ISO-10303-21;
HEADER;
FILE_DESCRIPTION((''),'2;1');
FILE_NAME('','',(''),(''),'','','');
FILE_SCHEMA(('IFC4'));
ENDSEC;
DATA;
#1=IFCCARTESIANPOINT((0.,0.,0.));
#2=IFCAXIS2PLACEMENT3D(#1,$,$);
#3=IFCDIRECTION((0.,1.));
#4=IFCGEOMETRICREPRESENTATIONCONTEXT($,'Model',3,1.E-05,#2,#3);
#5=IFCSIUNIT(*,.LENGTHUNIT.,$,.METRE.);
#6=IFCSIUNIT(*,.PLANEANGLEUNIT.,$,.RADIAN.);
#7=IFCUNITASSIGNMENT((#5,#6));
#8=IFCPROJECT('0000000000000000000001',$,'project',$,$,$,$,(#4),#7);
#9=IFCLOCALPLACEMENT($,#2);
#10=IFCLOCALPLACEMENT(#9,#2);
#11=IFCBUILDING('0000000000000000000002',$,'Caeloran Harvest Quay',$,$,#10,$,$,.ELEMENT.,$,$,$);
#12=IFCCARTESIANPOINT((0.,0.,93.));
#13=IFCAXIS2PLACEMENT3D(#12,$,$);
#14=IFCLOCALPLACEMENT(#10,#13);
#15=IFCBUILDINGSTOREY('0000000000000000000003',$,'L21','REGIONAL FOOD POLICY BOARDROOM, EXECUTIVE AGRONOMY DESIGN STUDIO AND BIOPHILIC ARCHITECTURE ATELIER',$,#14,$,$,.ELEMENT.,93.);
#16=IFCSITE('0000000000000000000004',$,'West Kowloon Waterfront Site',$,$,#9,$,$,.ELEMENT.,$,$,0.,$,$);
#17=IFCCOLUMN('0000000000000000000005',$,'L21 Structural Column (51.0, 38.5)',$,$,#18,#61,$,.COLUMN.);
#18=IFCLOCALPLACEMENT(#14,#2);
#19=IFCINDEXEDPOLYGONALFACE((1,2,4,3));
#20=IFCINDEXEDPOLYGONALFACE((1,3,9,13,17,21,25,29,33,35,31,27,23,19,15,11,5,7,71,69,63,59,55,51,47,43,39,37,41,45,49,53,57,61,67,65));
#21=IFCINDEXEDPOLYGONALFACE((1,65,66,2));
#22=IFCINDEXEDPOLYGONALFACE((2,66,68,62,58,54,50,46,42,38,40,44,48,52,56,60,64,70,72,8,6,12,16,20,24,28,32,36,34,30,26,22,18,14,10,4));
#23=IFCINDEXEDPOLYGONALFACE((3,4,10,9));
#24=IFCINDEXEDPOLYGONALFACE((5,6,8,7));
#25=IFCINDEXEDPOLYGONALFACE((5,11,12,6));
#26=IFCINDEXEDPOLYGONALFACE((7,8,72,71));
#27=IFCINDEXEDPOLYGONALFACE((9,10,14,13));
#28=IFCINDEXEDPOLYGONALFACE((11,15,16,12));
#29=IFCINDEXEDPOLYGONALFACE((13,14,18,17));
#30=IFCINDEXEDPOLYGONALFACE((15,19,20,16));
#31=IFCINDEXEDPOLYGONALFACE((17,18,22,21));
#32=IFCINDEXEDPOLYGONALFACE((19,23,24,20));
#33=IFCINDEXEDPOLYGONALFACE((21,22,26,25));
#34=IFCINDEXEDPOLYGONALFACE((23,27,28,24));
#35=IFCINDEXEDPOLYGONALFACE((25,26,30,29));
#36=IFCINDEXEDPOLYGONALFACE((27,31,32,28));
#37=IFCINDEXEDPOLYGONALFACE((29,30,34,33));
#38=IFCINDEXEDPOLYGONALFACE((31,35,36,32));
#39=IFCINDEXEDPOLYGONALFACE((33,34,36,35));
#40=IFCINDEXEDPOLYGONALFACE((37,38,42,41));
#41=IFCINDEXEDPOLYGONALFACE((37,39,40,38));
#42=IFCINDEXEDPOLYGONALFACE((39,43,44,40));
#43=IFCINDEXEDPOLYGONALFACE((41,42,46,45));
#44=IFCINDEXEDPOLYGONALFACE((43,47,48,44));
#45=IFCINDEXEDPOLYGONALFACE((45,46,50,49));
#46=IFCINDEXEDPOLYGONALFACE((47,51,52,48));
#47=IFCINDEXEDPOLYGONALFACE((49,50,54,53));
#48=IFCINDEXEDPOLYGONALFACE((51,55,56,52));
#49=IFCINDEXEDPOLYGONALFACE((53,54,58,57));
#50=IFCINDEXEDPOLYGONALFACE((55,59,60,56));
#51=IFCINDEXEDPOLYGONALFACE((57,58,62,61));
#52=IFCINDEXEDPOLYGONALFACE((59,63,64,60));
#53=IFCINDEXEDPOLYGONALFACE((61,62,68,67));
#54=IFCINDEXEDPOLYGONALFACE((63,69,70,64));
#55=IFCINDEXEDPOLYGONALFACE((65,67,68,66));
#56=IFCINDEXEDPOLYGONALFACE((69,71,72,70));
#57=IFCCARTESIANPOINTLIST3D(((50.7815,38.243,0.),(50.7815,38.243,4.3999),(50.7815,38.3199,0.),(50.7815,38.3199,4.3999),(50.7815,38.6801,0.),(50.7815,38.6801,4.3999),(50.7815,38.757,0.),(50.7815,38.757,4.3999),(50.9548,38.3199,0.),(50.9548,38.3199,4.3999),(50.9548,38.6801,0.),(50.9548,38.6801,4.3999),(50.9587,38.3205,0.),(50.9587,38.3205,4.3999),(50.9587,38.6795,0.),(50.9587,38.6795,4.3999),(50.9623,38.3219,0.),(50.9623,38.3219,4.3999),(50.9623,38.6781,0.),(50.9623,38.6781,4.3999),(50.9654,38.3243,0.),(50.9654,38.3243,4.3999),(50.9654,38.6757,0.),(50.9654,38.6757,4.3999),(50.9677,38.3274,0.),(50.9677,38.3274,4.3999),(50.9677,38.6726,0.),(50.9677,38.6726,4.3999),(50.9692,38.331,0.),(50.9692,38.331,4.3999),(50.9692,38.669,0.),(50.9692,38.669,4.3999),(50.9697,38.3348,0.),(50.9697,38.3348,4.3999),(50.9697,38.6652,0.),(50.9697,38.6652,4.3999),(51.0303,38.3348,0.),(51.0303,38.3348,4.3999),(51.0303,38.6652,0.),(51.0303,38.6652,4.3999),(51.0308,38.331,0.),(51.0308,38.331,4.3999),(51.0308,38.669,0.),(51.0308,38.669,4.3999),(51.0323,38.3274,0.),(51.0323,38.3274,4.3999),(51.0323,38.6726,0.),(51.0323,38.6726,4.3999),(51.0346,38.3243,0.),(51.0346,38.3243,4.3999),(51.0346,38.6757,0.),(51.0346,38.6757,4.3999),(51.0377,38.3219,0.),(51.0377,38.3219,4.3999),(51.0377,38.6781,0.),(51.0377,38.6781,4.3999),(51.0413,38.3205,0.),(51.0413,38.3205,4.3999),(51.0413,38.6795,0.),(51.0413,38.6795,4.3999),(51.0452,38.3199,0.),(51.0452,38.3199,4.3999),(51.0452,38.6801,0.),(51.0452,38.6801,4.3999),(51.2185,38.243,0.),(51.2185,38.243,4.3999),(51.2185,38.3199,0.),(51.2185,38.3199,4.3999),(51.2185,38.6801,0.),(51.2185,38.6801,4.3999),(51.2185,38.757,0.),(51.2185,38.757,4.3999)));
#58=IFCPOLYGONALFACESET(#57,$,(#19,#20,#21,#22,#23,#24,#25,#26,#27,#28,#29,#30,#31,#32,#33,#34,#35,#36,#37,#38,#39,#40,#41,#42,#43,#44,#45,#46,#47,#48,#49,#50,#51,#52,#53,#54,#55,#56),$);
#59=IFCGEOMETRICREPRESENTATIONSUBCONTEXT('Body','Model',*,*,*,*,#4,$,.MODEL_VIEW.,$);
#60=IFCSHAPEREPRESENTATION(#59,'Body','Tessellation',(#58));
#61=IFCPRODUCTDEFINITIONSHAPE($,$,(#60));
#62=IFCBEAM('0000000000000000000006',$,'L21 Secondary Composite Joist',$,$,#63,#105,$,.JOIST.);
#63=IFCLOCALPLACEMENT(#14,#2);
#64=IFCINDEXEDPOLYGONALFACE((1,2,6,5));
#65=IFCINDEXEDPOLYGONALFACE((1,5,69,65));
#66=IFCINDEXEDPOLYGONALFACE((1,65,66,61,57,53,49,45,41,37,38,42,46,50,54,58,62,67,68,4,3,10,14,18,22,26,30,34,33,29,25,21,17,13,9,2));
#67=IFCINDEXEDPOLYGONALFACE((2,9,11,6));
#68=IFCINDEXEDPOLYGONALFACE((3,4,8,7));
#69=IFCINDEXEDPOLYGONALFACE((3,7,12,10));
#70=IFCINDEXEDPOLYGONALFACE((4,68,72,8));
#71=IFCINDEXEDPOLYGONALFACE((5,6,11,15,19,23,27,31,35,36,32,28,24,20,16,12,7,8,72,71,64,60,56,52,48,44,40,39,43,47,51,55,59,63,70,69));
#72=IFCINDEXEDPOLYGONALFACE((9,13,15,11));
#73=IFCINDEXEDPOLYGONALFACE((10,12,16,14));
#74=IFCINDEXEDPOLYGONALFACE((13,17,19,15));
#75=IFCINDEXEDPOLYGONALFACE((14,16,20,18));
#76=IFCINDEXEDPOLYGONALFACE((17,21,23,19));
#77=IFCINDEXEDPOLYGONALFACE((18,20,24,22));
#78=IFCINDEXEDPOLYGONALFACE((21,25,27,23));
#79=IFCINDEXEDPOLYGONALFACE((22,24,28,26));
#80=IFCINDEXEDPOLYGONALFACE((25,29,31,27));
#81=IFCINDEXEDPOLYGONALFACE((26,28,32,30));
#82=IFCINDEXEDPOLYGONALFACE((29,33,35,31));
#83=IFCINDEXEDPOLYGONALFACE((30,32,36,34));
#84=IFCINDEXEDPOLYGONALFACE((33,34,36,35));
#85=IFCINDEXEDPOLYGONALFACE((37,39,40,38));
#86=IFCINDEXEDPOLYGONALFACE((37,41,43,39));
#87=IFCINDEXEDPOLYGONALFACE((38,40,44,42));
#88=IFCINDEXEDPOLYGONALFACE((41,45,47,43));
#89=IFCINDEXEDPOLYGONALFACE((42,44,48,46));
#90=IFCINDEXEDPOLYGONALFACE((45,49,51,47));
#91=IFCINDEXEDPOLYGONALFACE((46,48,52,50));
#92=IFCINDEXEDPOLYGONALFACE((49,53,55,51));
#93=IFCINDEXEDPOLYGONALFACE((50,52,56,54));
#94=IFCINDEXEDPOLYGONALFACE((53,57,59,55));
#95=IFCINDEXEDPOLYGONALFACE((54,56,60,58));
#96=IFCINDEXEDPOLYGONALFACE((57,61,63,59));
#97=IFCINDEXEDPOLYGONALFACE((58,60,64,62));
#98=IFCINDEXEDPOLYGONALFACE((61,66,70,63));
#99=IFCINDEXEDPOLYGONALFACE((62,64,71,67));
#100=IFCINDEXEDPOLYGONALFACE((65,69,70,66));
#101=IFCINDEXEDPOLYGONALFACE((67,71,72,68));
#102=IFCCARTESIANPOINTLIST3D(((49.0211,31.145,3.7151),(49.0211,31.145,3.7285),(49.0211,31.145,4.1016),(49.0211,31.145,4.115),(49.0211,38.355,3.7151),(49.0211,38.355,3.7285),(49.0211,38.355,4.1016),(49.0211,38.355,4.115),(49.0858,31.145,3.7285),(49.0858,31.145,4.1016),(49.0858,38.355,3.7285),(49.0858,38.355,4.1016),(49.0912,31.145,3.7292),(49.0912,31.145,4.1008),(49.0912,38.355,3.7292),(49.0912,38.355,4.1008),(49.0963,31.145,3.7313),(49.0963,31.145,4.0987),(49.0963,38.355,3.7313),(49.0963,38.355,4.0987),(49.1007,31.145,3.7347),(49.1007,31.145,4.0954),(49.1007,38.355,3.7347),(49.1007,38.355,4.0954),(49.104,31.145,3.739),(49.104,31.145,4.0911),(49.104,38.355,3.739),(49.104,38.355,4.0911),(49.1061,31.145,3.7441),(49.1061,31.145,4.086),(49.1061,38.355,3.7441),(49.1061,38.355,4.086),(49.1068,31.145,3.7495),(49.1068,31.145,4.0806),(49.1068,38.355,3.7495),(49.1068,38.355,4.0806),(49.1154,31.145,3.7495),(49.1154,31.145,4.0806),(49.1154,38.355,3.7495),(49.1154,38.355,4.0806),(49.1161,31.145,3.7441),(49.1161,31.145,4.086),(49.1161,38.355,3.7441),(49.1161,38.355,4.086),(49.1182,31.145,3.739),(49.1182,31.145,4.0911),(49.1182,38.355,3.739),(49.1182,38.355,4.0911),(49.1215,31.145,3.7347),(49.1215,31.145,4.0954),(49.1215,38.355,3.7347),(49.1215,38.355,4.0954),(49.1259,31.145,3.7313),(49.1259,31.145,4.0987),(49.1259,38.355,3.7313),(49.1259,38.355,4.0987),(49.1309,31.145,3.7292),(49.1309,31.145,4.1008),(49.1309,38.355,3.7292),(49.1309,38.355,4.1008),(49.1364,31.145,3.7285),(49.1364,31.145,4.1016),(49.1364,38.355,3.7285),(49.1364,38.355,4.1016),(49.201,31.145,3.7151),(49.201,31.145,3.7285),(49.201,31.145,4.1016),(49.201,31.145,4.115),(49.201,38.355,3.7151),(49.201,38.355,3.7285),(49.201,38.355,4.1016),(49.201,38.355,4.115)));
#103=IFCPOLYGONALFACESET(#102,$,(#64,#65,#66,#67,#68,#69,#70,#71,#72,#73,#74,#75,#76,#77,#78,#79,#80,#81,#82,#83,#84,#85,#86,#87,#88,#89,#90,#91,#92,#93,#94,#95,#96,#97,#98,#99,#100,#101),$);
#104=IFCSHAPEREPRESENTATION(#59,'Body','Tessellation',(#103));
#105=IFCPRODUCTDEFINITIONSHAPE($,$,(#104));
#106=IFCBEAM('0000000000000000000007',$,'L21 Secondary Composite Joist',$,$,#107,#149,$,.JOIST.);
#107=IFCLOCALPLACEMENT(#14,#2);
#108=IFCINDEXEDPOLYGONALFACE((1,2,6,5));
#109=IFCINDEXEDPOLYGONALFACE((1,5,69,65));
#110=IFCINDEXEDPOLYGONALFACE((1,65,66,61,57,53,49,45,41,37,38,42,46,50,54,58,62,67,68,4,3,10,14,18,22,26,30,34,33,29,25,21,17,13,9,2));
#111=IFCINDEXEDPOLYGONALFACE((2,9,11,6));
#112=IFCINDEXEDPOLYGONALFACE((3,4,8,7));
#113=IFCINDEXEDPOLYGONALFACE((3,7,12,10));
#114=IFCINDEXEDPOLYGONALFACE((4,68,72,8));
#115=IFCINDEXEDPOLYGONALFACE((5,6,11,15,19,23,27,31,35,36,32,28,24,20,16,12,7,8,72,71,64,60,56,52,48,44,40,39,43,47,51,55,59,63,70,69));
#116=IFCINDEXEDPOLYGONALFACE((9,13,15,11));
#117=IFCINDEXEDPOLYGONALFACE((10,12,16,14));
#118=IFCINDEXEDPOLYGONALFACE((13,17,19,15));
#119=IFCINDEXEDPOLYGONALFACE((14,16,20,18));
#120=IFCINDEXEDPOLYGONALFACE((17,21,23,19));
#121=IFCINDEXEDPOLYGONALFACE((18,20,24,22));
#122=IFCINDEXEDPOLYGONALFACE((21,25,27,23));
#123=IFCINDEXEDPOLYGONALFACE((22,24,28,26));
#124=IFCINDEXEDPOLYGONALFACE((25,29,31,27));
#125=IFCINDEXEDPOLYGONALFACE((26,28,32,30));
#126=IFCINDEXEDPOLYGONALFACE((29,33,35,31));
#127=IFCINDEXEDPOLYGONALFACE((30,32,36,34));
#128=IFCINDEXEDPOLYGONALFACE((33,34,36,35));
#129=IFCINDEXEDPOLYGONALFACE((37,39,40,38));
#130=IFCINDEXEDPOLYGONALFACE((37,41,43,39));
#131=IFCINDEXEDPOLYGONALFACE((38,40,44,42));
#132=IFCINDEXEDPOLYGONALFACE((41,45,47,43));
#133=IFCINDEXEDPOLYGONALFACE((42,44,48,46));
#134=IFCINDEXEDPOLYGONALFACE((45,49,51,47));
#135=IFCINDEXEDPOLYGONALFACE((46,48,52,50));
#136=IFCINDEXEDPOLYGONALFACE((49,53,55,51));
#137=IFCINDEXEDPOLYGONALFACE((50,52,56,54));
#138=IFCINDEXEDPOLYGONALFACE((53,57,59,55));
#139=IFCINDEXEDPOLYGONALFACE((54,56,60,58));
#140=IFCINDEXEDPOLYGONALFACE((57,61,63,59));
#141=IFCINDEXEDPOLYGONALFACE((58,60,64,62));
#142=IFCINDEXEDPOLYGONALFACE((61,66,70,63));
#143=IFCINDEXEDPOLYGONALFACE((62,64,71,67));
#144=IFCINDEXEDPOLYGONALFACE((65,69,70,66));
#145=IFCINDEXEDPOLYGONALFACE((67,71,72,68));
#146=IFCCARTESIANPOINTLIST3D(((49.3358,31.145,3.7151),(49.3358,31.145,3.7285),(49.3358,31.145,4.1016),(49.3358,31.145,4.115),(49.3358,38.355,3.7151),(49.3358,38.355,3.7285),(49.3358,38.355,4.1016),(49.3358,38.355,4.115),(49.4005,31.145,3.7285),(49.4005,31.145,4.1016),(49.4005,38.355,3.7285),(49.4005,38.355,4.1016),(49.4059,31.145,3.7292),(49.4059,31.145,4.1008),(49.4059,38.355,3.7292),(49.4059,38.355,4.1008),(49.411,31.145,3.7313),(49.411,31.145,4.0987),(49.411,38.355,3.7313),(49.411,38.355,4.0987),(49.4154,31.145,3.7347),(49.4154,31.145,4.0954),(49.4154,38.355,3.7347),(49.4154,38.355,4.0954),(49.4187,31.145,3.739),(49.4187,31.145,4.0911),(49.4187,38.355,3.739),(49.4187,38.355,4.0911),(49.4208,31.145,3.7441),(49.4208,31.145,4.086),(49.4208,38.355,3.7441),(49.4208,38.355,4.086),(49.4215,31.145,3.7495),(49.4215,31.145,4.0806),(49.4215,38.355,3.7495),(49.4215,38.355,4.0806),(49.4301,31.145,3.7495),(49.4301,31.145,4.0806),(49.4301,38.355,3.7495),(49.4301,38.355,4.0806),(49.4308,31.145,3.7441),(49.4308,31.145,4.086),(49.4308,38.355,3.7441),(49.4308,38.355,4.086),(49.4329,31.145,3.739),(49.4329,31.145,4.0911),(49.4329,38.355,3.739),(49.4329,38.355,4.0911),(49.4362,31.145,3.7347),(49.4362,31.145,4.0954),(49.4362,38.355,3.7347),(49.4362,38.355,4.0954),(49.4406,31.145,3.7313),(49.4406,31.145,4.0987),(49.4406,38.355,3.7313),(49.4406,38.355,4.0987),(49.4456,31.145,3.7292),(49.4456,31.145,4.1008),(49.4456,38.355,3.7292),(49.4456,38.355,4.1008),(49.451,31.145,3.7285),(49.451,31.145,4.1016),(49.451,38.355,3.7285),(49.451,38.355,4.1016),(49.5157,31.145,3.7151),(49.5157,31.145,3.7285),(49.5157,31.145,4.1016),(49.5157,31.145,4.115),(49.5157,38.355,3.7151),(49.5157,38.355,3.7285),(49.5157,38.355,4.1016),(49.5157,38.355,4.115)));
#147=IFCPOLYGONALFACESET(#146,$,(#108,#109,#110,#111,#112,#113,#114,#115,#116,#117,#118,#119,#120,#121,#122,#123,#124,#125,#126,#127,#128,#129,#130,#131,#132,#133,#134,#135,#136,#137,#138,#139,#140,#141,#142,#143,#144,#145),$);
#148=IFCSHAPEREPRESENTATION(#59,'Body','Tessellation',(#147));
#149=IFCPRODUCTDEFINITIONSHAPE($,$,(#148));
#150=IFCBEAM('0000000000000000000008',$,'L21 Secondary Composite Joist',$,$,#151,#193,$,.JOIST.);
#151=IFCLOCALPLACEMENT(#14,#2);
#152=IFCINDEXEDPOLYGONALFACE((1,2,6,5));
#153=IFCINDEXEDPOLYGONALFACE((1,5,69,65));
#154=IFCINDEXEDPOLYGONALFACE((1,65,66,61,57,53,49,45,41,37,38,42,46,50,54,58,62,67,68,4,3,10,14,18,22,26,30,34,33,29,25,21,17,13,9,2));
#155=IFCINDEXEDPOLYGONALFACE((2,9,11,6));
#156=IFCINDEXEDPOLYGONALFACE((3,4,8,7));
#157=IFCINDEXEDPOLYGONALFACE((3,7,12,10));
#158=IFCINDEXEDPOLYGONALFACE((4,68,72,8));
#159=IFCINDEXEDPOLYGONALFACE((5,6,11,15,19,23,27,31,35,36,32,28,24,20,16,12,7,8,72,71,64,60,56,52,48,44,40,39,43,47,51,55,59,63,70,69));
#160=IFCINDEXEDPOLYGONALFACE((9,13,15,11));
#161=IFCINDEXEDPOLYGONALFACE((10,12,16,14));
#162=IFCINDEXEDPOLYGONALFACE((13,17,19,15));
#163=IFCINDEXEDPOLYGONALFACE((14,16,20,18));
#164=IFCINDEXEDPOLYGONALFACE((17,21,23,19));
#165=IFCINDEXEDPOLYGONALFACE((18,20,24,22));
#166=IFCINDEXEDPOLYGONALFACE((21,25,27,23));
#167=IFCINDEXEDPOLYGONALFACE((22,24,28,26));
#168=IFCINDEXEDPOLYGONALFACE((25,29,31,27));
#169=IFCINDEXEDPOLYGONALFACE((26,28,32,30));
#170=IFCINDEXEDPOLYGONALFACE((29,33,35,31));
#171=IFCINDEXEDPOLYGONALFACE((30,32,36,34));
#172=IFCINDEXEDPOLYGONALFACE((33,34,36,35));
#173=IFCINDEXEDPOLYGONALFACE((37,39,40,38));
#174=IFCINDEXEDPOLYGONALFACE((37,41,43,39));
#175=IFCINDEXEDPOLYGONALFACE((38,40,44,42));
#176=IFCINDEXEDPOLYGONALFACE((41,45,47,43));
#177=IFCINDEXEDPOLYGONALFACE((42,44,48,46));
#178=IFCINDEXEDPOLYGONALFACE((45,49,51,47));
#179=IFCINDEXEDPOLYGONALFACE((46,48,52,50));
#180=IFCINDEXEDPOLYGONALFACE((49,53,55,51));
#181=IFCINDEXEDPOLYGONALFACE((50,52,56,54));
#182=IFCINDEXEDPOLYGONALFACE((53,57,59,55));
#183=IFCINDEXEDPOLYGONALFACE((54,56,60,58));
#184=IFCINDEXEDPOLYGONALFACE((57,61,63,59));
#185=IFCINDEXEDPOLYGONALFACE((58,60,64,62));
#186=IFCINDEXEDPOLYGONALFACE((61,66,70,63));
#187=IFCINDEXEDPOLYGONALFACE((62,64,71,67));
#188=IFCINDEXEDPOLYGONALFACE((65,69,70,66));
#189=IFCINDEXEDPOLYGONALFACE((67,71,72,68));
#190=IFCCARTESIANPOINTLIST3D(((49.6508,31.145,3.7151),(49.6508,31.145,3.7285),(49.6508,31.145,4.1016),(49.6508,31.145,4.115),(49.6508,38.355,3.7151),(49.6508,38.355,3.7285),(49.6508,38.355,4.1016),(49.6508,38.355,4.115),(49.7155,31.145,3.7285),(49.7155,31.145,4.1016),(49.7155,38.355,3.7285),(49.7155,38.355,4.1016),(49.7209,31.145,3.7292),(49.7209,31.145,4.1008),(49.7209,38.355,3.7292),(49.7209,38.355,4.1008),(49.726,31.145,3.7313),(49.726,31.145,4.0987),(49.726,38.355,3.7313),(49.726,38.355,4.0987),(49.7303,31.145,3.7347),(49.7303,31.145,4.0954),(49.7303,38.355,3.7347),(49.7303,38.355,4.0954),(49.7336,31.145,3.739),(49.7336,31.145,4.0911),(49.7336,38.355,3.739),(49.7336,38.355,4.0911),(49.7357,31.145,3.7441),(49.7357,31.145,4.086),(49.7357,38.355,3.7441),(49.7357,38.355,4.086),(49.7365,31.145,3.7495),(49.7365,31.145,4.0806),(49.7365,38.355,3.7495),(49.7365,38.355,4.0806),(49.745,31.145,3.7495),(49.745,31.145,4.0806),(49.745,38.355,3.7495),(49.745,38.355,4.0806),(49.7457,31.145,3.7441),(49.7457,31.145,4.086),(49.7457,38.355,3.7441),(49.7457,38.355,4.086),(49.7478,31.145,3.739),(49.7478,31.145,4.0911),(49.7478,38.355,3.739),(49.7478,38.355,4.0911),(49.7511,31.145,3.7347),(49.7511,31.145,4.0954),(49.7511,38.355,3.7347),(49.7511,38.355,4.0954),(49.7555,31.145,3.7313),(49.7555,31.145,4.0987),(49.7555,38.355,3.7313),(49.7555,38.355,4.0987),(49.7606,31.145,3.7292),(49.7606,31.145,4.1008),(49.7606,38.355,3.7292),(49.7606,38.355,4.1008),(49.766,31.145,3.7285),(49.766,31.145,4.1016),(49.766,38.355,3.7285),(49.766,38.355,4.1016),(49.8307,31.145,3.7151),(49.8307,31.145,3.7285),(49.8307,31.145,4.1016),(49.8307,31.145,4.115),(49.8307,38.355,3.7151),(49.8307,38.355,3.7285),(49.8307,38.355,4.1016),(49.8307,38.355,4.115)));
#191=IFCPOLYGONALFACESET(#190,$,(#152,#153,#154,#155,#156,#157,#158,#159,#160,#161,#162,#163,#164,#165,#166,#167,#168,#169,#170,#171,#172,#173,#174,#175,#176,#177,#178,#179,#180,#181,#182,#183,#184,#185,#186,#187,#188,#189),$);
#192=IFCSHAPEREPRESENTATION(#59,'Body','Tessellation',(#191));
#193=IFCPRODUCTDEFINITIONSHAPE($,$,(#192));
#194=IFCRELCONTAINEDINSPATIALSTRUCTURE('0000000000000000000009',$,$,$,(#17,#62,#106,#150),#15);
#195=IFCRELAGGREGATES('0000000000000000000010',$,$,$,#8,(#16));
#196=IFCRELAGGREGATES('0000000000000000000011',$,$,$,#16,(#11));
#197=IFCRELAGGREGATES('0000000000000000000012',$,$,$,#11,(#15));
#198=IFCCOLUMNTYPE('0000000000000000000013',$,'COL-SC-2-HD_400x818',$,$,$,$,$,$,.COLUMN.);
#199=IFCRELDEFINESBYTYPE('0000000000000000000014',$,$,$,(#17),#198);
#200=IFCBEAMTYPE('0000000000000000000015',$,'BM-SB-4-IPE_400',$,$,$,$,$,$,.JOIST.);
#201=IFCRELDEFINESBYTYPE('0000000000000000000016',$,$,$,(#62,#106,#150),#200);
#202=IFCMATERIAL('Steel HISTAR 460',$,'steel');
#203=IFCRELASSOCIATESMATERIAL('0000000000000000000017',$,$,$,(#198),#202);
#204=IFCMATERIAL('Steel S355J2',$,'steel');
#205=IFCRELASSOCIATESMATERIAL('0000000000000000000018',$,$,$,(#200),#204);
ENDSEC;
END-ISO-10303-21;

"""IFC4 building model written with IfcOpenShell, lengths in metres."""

from ifc_helpers import new_model, si_unit, direction, frame, origin, origin_2d, place, context, subcontext, project, spatial, i_section, extrude, material, material_profile, profile_set, type_object, element, save


model = new_model("IFC4")

# Units and contexts
model_context = context("Model", 3, precision=1e-05, world=origin(), true_north=direction((0.0, 1.0)))
body_context = subcontext(model_context, "Body", "Model", "MODEL_VIEW")
ifc_project = project(units=[si_unit("LENGTHUNIT", "METRE"), si_unit("PLANEANGLEUNIT", "RADIAN")], contexts=[model_context])

# Site, building, storey
site_placement = place(None, origin())
site = spatial("IfcSite", under=ifc_project, at=site_placement, Name="West Kowloon Waterfront Site", CompositionType="ELEMENT", RefElevation=0.0)
building_placement = place(site_placement, origin())
building = spatial("IfcBuilding", under=site, at=building_placement, Name="Caeloran Harvest Quay", CompositionType="ELEMENT")
storey_placement = place(building_placement, frame((0.0, 0.0, 93.0)))
storey = spatial("IfcBuildingStorey", under=building, at=storey_placement, Name="L21", Description="REGIONAL FOOD POLICY BOARDROOM, EXECUTIVE AGRONOMY DESIGN STUDIO AND BIOPHILIC ARCHITECTURE ATELIER", CompositionType="ELEMENT", Elevation=93.0)

# Column
ifc_material_1 = material(Name="Steel HISTAR 460", Category="steel")
ifc_material_profile_1 = material_profile(ifc_material_1, i_section(OverallWidth=0.437, OverallDepth=0.5139, WebThickness=0.0605, FlangeThickness=0.0769, FilletRadius=0.0149, at=origin_2d()), Name="HD 400x818")
ifc_profile_set_1 = profile_set([ifc_material_profile_1], Name="Steel HISTAR 460")
column_type = type_object("IfcColumnType", Name="COL-SC-2-HD_400x818", PredefinedType="COLUMN", material=ifc_profile_set_1)
column_placement = place(storey_placement, frame((51.0, 38.5, 0.0), z_axis=(0.0, 0.0, 1.0), x_axis=(1.0, 0.0, 0.0)))
element("IfcColumn", 1, at=column_placement, inside=storey, type_object=column_type, Name="L21 Structural Column (51.0, 38.5)", PredefinedType="COLUMN", context=body_context, shape_type="SweptSolid", body=[
    extrude(i_section(OverallWidth=0.437, OverallDepth=0.5139, WebThickness=0.0605, FlangeThickness=0.0769, FilletRadius=0.0149, at=origin_2d()), origin(), (0.0, 0.0, 1.0), 4.3999),
])

# Beams
ifc_material_2 = material(Name="Steel S355J2", Category="steel")
ifc_material_profile_2 = material_profile(ifc_material_2, i_section(OverallWidth=0.1799, OverallDepth=0.3999, WebThickness=0.0085, FlangeThickness=0.0134, FilletRadius=0.021, at=origin_2d()), Name="IPE 400")
ifc_profile_set_2 = profile_set([ifc_material_profile_2], Name="Steel S355J2")
beam_type_1 = type_object("IfcBeamType", Name="BM-SB-4-IPE_400", PredefinedType="JOIST", material=ifc_profile_set_2)
for number, where, z_axis, x_axis, name in (
    (2, (49.1111, 31.145, 3.915), (0.0, 1.0, 0.0), (-1.0, 0.0, 0.0), "L21 Secondary Composite Joist"),
    (3, (49.4258, 31.145, 3.915), (0.0, 1.0, 0.0), (-1.0, 0.0, 0.0), "L21 Secondary Composite Joist"),
    (4, (49.7407, 31.145, 3.915), (0.0, 1.0, 0.0), (-1.0, 0.0, 0.0), "L21 Secondary Composite Joist"),
):
    element("IfcBeam", number, at=place(storey_placement, frame(where, z_axis=z_axis, x_axis=x_axis)), inside=storey, type_object=beam_type_1, Name=name, PredefinedType="JOIST", context=body_context, shape_type="SweptSolid", body=[
        extrude(i_section(OverallWidth=0.1799, OverallDepth=0.3999, WebThickness=0.0085, FlangeThickness=0.0134, FilletRadius=0.021, at=origin_2d()), origin(), (0.0, 0.0, 1.0), 7.21),
    ])

save(model, "model.ifc")
